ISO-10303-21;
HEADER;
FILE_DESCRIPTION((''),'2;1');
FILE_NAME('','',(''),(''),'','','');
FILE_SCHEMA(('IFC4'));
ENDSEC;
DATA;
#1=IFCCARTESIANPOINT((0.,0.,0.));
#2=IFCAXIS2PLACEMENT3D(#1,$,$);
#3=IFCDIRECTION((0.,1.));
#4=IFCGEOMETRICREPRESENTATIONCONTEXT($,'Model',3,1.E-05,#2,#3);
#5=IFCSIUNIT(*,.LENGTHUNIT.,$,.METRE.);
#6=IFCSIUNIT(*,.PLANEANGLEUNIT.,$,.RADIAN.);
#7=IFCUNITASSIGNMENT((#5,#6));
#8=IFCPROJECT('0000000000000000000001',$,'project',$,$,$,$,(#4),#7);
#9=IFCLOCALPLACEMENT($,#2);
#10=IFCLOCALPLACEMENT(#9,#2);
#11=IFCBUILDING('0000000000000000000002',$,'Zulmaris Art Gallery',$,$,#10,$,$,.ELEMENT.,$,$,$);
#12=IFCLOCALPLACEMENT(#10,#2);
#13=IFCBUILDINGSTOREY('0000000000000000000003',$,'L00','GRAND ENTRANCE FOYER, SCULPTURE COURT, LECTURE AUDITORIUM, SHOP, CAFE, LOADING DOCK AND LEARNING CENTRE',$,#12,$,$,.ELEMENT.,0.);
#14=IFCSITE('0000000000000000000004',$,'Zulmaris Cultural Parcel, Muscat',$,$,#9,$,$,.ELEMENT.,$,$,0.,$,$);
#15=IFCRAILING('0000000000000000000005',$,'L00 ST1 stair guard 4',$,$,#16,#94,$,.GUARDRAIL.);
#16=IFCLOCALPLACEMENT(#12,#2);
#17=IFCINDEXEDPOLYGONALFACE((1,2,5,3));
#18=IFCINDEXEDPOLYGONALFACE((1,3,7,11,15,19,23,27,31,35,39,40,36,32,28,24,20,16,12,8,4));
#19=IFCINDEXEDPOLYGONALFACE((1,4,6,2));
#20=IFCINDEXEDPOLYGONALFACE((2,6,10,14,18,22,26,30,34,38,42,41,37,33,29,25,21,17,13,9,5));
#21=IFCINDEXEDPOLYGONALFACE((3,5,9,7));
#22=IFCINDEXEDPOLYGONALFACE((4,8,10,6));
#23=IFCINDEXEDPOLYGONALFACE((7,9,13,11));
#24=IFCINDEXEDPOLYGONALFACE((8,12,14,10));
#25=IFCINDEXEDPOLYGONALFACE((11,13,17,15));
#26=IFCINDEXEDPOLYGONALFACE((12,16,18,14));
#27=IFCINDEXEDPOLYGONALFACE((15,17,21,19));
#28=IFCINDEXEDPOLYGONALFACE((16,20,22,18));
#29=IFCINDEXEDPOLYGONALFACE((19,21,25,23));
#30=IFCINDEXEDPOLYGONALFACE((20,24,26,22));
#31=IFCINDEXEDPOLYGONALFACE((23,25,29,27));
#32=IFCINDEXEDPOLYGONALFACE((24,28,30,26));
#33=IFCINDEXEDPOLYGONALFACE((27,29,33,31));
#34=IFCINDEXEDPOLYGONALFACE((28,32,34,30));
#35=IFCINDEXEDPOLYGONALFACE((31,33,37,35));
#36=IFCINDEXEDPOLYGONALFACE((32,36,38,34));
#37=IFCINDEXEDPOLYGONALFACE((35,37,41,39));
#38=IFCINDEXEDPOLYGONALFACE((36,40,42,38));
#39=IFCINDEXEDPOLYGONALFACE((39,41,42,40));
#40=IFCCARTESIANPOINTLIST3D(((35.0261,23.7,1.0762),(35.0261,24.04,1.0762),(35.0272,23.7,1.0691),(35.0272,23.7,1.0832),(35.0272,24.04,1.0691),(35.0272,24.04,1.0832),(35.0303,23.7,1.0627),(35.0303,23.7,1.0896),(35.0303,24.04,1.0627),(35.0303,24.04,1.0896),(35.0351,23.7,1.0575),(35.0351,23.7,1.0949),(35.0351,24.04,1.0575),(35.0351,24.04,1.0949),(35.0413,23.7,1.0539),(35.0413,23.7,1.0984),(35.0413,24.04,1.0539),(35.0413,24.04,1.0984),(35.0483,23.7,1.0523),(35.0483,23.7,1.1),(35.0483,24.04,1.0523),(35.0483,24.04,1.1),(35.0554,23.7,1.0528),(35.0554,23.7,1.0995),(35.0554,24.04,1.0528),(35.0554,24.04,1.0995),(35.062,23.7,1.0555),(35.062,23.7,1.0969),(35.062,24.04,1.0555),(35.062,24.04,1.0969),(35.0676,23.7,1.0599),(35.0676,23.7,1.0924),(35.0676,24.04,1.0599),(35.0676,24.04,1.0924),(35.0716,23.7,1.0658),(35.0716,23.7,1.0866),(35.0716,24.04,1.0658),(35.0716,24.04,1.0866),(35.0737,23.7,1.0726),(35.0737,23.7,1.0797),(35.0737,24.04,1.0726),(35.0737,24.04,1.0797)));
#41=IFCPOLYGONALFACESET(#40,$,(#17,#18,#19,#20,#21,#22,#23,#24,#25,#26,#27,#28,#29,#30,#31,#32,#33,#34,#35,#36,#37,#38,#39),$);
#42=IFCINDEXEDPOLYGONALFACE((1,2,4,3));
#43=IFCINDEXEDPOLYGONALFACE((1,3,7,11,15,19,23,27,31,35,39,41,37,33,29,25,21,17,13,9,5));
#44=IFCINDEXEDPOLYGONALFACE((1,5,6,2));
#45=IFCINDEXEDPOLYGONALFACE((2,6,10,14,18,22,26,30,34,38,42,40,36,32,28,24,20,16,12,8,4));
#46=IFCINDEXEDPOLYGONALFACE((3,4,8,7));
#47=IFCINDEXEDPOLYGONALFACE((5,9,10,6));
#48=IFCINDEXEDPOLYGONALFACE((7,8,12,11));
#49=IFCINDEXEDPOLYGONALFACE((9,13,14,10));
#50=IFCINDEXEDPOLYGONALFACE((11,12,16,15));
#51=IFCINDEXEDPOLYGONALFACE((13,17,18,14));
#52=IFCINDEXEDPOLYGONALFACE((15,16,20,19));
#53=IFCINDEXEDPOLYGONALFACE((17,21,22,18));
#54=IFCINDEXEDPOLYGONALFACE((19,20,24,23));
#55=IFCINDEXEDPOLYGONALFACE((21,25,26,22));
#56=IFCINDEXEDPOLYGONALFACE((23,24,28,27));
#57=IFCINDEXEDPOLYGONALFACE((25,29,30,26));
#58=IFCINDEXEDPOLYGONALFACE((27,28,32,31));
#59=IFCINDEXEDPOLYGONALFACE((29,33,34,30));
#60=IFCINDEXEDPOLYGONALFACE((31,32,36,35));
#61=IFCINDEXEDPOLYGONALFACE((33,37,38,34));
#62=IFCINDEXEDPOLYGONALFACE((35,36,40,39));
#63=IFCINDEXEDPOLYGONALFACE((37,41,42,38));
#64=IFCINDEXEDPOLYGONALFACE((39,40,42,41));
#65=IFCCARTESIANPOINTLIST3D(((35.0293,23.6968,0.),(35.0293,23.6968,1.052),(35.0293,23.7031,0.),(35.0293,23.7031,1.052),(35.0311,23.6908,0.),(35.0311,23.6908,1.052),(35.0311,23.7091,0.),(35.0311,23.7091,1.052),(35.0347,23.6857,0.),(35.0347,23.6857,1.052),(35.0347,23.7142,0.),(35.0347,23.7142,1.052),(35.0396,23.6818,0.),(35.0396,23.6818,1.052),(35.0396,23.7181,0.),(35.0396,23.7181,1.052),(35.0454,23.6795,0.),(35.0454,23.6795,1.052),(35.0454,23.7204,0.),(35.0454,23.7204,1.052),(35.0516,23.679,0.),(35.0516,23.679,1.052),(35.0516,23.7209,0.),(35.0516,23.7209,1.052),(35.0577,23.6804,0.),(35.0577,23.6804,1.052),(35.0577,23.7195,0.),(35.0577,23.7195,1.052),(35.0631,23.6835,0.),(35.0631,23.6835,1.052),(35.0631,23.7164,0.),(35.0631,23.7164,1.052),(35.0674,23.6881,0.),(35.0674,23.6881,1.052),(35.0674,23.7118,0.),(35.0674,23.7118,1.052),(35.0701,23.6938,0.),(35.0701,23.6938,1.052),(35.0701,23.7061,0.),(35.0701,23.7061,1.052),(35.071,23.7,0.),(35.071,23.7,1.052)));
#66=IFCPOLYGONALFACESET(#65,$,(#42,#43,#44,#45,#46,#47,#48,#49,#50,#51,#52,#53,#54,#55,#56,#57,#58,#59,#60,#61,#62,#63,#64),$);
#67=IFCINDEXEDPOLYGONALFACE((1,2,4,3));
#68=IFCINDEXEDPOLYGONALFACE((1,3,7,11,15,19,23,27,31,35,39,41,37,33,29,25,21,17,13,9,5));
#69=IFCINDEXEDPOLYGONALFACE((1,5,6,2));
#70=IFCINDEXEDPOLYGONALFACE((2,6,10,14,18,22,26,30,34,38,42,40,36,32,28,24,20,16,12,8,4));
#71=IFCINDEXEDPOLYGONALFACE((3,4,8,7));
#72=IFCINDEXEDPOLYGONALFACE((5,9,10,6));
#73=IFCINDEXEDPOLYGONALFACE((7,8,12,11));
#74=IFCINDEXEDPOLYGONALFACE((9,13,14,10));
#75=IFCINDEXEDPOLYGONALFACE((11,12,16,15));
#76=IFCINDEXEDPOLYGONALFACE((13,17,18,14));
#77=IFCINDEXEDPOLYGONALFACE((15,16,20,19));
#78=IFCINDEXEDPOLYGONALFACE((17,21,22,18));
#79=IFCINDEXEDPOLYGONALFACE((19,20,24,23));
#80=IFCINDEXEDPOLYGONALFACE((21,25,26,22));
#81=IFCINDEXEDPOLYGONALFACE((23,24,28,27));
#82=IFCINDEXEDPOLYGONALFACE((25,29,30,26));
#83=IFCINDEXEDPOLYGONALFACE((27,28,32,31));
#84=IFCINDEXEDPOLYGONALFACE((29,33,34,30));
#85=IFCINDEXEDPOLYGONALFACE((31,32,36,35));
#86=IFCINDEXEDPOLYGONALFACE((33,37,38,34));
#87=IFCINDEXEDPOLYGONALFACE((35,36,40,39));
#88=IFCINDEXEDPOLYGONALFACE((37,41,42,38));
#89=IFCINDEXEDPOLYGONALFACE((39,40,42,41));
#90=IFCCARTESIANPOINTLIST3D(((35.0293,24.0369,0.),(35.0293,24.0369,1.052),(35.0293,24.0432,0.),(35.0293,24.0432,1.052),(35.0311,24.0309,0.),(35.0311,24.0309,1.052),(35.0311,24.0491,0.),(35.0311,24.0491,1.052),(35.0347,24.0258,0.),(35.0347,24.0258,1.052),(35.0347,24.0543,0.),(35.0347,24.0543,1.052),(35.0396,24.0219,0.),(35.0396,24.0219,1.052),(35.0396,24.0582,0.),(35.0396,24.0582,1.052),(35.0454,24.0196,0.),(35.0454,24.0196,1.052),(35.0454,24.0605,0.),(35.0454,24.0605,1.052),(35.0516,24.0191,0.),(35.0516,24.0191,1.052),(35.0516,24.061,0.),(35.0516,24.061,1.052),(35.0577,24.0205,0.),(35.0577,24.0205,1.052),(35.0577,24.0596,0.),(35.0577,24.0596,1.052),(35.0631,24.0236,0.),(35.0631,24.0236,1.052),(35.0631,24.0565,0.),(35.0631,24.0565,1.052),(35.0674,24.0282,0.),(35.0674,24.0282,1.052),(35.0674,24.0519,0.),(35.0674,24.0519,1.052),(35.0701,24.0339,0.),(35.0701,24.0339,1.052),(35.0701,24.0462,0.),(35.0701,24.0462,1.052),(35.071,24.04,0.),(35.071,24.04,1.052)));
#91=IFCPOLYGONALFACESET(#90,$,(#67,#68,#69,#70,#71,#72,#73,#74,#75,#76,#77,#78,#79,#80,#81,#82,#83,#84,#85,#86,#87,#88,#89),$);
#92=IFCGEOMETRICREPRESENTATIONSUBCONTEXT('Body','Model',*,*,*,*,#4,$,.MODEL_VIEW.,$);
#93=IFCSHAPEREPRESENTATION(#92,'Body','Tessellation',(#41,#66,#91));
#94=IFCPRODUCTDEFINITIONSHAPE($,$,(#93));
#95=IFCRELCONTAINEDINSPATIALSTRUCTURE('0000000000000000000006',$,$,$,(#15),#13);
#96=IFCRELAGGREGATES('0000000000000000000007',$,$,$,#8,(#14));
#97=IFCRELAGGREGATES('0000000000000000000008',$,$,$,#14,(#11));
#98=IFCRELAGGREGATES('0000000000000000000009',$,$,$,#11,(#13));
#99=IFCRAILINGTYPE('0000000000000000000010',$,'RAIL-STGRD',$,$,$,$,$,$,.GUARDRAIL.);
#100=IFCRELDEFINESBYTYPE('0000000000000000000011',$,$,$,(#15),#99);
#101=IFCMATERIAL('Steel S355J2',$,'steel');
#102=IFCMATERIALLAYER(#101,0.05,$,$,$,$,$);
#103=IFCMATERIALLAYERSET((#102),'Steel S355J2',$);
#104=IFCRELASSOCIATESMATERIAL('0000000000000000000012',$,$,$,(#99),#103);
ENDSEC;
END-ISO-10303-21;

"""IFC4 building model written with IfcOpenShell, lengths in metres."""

from ifc_helpers import new_model, si_unit, direction, frame, origin, origin_2d, place, context, subcontext, project, spatial, circle, extrude, material, layer, layer_set, type_object, element, save


model = new_model("IFC4")

# Units and contexts
model_context = context("Model", 3, precision=1e-05, world=origin(), true_north=direction((0.0, 1.0)))
body_context = subcontext(model_context, "Body", "Model", "MODEL_VIEW")
ifc_project = project(units=[si_unit("LENGTHUNIT", "METRE"), si_unit("PLANEANGLEUNIT", "RADIAN")], contexts=[model_context])

# Site, building, storey
site_placement = place(None, origin())
site = spatial("IfcSite", under=ifc_project, at=site_placement, Name="Zulmaris Cultural Parcel, Muscat", CompositionType="ELEMENT", RefElevation=0.0)
building_placement = place(site_placement, origin())
building = spatial("IfcBuilding", under=site, at=building_placement, Name="Zulmaris Art Gallery", CompositionType="ELEMENT")
storey_placement = place(building_placement, origin())
storey = spatial("IfcBuildingStorey", under=building, at=storey_placement, Name="L00", Description="GRAND ENTRANCE FOYER, SCULPTURE COURT, LECTURE AUDITORIUM, SHOP, CAFE, LOADING DOCK AND LEARNING CENTRE", CompositionType="ELEMENT", Elevation=0.0)

# Railing
ifc_material_1 = material(Name="Steel S355J2", Category="steel")
ifc_layer_1 = layer(ifc_material_1, 0.05)
ifc_layer_set_1 = layer_set([ifc_layer_1], Name="Steel S355J2")
railing_type_1 = type_object("IfcRailingType", Name="RAIL-STGRD", PredefinedType="GUARDRAIL", material=ifc_layer_set_1)
railing_1_placement = place(storey_placement, frame((35.05, 23.7, 0.0)))
element("IfcRailing", 1, at=railing_1_placement, inside=storey, type_object=railing_type_1, Name="L00 ST1 stair guard 4", PredefinedType="GUARDRAIL", context=body_context, shape_type="SweptSolid", body=[
    extrude(circle(Radius=0.0239, at=origin_2d()), frame((0.0, 0.0, 1.0762), z_axis=(0.0, 1.0, 0.0), x_axis=(-1.0, 0.0, 0.0)), (0.0, 0.0, 1.0), 0.3401),
    extrude(circle(Radius=0.021, at=origin_2d()), origin(), (0.0, 0.0, 1.0), 1.052),
    extrude(circle(Radius=0.021, at=origin_2d()), frame((0.0, 0.3401, 0.0)), (0.0, 0.0, 1.0), 1.052),
])

save(model, "model.ifc")
